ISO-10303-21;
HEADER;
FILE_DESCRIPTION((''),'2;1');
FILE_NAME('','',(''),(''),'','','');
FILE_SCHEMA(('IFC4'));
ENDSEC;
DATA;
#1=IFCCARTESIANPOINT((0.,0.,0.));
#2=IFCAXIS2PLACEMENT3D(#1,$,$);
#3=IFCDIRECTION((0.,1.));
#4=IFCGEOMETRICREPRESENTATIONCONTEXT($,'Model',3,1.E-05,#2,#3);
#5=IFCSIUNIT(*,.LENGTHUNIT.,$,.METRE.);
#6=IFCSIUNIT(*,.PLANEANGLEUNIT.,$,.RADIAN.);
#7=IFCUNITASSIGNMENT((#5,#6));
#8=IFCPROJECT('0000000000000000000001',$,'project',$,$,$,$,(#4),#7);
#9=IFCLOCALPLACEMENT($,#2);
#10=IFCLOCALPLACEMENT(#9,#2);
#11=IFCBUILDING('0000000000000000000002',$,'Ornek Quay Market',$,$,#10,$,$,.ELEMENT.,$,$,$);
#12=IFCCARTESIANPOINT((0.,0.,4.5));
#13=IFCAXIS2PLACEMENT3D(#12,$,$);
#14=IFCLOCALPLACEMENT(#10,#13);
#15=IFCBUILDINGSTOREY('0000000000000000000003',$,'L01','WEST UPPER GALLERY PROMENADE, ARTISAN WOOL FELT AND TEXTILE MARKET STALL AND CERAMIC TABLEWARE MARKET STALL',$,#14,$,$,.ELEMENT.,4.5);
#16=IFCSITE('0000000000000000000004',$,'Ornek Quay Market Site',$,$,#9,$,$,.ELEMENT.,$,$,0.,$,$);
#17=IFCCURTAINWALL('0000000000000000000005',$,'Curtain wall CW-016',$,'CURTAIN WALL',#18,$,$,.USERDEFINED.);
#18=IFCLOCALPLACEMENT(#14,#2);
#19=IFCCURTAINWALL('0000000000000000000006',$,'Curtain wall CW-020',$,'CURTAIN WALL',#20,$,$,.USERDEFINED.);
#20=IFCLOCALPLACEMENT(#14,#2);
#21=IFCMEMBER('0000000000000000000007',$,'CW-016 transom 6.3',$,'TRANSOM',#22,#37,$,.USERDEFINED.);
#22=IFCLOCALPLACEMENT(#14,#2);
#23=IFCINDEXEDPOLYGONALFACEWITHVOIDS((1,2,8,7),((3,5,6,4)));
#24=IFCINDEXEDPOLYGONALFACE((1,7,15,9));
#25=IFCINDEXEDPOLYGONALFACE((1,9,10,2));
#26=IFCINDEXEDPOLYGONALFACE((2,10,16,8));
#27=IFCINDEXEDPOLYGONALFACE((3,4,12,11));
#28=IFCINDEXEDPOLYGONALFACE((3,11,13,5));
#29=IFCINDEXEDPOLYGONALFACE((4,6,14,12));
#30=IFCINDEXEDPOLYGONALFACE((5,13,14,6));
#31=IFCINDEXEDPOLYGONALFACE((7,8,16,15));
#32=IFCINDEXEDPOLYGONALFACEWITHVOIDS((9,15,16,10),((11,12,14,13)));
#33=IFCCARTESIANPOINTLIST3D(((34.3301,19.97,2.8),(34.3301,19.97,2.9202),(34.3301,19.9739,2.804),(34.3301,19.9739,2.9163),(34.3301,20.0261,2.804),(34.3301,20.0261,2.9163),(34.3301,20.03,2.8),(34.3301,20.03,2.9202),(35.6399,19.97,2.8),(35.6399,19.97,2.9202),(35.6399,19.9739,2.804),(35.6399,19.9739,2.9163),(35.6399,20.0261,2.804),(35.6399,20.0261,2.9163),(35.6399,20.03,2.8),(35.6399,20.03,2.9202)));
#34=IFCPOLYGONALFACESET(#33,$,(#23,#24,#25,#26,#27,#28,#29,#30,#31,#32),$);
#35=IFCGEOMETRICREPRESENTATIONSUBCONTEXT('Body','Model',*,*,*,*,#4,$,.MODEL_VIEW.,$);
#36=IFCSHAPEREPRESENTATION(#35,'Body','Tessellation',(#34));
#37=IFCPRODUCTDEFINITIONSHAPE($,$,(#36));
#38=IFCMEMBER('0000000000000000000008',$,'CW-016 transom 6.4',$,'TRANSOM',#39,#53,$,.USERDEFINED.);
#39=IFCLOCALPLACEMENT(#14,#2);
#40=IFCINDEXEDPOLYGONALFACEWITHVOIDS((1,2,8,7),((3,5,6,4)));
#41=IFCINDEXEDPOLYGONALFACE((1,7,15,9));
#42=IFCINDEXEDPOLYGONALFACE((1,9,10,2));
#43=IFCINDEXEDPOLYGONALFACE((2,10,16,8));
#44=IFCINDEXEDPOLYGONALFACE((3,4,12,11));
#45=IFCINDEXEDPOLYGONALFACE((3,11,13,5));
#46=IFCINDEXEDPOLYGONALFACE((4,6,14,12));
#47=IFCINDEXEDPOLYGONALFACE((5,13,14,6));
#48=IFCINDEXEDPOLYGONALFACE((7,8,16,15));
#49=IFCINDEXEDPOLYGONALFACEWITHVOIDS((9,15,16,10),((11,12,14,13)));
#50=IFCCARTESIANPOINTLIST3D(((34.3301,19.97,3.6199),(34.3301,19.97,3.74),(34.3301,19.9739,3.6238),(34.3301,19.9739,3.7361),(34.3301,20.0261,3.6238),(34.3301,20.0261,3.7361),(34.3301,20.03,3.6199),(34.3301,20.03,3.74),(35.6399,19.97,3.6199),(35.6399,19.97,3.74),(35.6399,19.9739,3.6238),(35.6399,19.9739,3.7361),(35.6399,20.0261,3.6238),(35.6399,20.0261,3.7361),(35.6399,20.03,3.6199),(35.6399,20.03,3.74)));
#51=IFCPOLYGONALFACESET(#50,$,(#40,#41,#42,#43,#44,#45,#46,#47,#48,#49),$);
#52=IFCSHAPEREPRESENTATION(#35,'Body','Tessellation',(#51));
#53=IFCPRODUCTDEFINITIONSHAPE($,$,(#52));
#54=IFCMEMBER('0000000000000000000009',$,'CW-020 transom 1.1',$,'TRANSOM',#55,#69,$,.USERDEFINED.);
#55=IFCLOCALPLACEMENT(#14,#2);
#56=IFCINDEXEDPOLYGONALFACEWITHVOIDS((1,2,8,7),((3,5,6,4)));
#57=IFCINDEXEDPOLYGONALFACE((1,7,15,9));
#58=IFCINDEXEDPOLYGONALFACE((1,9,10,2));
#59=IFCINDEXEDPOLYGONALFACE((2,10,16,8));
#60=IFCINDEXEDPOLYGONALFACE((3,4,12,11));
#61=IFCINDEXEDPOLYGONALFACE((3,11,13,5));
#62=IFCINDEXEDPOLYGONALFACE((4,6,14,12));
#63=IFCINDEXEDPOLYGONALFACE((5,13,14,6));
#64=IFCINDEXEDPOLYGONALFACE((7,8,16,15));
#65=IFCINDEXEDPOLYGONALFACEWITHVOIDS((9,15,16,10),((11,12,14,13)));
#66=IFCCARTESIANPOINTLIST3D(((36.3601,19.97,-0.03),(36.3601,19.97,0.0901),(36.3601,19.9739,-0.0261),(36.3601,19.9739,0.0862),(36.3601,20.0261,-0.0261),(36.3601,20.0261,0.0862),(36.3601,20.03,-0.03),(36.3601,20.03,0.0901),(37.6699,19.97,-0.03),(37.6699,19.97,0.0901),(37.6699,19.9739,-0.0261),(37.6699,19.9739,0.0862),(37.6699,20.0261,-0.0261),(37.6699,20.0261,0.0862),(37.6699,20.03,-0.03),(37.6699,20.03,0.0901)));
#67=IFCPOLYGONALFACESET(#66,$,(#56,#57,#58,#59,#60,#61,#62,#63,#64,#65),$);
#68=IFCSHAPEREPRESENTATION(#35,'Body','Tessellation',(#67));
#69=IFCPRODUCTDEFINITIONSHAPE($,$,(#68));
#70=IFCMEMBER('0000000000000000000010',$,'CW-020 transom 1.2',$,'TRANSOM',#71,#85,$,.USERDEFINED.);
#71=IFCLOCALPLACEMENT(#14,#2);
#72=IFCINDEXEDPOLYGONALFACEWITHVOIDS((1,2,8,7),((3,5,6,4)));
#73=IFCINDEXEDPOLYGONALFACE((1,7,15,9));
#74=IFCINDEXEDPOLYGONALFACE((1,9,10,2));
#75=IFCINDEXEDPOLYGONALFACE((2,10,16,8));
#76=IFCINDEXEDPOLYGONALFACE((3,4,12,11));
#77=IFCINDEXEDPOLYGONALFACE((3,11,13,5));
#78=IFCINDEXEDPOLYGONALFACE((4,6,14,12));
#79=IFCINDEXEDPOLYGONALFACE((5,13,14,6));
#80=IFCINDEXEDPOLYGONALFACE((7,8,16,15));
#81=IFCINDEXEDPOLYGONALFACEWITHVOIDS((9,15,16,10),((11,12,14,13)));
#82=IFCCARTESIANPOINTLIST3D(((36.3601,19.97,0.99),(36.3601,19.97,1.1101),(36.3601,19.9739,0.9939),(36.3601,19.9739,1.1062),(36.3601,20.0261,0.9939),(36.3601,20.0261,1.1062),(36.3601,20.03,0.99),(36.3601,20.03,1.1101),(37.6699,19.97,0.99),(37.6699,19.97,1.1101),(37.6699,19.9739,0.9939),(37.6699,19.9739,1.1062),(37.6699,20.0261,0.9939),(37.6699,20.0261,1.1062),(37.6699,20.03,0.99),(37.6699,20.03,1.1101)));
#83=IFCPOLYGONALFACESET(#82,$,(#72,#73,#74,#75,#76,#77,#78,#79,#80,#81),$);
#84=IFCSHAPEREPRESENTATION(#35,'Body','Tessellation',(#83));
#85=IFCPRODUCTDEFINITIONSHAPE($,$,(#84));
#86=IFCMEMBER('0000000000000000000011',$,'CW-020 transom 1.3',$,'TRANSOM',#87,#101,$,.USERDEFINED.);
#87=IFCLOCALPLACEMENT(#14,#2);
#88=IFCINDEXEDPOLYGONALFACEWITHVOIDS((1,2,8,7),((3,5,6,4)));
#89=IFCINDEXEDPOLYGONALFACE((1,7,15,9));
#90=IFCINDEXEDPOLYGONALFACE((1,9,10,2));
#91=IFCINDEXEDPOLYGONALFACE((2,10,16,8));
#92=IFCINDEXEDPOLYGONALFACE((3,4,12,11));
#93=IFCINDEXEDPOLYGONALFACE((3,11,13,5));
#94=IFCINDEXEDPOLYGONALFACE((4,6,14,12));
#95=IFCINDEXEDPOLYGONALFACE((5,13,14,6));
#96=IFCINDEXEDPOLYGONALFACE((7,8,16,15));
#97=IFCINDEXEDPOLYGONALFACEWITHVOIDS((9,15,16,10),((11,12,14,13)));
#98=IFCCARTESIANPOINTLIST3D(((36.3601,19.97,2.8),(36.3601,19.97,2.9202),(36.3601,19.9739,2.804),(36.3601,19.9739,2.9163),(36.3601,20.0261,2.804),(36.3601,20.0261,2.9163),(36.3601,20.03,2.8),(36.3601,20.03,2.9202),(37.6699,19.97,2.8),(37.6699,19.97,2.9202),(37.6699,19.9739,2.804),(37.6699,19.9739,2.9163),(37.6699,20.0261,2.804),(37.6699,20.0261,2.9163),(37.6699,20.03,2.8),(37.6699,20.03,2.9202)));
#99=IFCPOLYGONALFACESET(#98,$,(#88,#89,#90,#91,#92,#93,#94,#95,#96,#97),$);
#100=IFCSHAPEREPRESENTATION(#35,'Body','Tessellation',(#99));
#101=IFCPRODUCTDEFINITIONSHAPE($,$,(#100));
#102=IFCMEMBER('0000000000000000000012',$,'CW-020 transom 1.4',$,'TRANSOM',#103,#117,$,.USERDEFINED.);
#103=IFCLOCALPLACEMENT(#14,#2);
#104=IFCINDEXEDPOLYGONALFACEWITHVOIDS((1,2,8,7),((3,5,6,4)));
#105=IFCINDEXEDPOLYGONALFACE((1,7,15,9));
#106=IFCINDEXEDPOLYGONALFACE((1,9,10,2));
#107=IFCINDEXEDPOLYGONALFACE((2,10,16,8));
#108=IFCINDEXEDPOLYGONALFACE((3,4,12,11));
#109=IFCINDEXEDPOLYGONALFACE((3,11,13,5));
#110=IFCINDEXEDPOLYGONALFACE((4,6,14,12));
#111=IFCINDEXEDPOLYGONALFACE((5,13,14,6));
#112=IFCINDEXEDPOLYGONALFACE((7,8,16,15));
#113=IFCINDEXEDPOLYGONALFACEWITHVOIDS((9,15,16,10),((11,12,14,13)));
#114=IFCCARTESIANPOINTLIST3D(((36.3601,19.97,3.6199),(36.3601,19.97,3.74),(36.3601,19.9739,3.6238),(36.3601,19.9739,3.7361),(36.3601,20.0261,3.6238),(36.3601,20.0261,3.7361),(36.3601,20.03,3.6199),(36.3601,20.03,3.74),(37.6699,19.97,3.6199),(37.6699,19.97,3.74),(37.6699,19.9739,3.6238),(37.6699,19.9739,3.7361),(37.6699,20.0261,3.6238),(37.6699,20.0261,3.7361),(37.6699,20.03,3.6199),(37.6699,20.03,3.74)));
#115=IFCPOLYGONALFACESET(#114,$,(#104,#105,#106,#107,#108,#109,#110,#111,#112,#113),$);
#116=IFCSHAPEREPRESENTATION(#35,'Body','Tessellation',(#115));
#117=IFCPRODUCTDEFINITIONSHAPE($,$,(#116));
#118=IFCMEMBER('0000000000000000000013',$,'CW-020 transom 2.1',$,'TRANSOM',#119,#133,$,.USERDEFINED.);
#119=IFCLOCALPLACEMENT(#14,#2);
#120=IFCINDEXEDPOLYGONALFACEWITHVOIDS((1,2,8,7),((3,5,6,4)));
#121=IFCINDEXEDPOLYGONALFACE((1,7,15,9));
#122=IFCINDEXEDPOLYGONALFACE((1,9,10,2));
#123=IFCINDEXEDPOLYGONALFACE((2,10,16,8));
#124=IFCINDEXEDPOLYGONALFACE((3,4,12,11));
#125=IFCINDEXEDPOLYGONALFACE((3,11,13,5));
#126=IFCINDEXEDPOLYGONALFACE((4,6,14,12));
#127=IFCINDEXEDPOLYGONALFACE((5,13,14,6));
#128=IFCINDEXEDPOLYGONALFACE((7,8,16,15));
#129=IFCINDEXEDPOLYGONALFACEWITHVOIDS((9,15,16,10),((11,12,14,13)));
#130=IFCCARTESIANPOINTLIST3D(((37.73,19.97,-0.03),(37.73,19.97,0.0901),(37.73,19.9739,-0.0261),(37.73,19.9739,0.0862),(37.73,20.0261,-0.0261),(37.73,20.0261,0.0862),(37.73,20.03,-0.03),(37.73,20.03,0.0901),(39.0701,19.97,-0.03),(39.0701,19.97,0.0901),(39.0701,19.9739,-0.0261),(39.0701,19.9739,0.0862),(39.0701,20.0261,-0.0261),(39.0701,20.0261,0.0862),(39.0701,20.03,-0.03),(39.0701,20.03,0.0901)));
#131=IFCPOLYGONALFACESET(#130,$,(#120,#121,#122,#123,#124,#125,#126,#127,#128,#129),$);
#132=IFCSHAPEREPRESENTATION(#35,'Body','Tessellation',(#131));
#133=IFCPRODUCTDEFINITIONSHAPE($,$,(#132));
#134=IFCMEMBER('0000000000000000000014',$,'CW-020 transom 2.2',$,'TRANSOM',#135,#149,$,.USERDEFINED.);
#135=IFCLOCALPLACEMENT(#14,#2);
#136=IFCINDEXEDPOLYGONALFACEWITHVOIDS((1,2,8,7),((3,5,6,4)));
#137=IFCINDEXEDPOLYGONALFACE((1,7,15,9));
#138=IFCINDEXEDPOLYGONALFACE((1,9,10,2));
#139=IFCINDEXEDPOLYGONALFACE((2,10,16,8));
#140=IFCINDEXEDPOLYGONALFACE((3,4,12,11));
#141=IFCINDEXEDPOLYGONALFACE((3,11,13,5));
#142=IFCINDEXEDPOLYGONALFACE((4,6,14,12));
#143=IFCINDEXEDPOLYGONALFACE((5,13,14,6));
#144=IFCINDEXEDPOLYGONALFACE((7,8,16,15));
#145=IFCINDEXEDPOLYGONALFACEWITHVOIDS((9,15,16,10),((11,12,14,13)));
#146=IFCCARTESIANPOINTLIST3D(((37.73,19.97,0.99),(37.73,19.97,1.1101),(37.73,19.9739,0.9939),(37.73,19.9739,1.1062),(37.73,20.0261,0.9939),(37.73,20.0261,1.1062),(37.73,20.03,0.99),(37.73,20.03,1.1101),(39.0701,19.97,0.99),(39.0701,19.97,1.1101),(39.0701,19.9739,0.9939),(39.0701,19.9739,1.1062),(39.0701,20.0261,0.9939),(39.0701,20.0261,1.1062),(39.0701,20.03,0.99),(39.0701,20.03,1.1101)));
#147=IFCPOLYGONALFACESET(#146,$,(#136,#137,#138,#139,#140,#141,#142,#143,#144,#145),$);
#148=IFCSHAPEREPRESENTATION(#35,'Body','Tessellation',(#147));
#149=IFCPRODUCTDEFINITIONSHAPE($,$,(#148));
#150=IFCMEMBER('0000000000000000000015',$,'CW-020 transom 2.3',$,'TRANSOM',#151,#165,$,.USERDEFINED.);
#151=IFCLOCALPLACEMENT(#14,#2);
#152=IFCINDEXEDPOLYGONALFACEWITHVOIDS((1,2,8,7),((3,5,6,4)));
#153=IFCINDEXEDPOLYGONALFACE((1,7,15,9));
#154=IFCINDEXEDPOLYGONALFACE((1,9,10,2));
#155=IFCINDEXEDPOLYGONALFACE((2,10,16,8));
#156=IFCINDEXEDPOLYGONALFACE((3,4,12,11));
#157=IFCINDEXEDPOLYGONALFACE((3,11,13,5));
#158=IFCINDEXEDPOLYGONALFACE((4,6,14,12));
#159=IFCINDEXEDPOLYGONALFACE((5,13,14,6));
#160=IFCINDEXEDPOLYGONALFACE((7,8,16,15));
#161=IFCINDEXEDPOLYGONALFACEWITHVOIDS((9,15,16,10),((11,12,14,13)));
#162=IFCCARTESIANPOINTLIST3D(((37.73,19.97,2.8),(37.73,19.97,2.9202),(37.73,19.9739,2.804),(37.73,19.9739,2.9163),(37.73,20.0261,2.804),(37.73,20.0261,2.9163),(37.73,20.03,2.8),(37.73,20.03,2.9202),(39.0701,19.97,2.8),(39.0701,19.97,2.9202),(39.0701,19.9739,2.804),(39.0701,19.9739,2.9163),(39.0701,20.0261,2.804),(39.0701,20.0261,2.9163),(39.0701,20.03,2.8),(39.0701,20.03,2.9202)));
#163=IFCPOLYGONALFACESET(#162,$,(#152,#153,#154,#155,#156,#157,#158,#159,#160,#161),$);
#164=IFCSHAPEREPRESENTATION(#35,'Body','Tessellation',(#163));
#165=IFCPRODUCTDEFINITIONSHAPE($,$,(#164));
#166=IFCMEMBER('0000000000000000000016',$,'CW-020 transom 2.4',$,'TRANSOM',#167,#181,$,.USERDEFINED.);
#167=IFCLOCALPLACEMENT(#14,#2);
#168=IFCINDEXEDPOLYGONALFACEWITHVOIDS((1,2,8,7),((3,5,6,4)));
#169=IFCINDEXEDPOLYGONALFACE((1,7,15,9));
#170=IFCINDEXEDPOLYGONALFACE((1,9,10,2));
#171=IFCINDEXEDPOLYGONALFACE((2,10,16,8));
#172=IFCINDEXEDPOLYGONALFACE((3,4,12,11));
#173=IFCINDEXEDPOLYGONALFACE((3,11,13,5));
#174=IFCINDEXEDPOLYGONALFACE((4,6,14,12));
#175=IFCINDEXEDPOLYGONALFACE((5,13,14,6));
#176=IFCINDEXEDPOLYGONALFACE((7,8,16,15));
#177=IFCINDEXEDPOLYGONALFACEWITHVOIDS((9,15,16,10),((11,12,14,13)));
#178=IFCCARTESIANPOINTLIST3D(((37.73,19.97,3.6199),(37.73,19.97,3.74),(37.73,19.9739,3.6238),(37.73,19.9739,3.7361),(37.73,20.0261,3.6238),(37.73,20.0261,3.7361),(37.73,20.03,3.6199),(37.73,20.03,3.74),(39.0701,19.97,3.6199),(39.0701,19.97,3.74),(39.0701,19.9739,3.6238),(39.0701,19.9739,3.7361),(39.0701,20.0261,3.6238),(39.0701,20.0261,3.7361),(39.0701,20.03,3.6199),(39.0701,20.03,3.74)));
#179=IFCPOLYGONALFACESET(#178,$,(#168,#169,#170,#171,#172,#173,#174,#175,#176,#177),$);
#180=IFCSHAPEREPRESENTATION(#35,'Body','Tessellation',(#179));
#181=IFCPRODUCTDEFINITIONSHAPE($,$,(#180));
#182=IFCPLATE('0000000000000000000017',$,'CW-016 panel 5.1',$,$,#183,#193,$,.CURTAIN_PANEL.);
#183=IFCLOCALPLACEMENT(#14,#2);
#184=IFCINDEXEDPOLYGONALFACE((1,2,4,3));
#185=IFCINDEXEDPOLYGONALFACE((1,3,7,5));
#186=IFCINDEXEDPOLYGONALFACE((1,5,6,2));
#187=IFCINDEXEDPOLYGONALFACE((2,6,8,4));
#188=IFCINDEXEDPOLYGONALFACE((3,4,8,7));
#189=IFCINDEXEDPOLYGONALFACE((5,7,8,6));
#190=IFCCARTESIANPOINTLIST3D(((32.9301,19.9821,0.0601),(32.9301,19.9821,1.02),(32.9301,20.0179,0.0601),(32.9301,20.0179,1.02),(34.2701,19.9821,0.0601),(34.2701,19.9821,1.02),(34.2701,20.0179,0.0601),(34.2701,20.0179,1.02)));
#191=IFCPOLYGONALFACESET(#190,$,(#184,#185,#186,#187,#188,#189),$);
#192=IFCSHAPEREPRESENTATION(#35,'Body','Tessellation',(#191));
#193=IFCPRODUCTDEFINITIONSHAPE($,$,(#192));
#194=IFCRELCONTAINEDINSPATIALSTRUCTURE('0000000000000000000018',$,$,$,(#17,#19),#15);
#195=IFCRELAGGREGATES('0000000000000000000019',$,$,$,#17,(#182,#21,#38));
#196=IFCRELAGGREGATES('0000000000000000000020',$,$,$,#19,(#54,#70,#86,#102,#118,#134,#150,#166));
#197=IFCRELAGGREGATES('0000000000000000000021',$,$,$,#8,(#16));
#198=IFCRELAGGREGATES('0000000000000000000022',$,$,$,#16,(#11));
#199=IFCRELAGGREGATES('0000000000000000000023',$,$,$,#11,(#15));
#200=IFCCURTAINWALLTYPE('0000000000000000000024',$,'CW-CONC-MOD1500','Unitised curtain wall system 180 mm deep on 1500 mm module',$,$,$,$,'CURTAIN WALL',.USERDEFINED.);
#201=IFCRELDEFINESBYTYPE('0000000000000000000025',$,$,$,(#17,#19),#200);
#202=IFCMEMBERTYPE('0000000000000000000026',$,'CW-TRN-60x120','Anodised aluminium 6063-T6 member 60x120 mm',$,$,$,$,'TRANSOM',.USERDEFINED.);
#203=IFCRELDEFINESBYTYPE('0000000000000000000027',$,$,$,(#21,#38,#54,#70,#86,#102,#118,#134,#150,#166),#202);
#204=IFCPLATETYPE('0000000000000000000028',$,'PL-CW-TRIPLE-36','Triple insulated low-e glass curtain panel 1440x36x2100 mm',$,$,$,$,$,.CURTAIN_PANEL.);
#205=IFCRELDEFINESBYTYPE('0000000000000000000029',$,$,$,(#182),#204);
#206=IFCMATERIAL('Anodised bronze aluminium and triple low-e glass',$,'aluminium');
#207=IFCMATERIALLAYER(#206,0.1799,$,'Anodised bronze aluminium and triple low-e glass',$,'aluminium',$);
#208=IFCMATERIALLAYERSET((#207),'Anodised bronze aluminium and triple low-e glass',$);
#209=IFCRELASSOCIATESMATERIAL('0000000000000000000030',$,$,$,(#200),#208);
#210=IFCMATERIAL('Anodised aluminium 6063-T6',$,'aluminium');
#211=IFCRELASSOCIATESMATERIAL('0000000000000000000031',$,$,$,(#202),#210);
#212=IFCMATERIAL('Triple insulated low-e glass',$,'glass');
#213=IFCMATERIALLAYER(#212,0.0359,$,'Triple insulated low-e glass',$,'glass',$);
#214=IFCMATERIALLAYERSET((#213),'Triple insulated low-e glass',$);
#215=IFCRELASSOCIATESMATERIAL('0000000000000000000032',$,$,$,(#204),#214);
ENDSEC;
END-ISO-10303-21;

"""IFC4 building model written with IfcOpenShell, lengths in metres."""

from ifc_helpers import new_model, si_unit, direction, frame, origin, origin_2d, place, context, subcontext, project, spatial, rectangle, hollow_rectangle, extrude, material, layer, layer_set, material_profile, profile_set, type_object, element, aggregate, save


model = new_model("IFC4")

# Units and contexts
model_context = context("Model", 3, precision=1e-05, world=origin(), true_north=direction((0.0, 1.0)))
body_context = subcontext(model_context, "Body", "Model", "MODEL_VIEW")
ifc_project = project(units=[si_unit("LENGTHUNIT", "METRE"), si_unit("PLANEANGLEUNIT", "RADIAN")], contexts=[model_context])

# Site, building, storey
site_placement = place(None, origin())
site = spatial("IfcSite", under=ifc_project, at=site_placement, Name="Ornek Quay Market Site", CompositionType="ELEMENT", RefElevation=0.0)
building_placement = place(site_placement, origin())
building = spatial("IfcBuilding", under=site, at=building_placement, Name="Ornek Quay Market", CompositionType="ELEMENT")
storey_placement = place(building_placement, frame((0.0, 0.0, 4.5)))
storey = spatial("IfcBuildingStorey", under=building, at=storey_placement, Name="L01", Description="WEST UPPER GALLERY PROMENADE, ARTISAN WOOL FELT AND TEXTILE MARKET STALL AND CERAMIC TABLEWARE MARKET STALL", CompositionType="ELEMENT", Elevation=4.5)

# Curtain walls
ifc_material_1 = material(Name="Anodised bronze aluminium and triple low-e glass", Category="aluminium")
ifc_layer_1 = layer(ifc_material_1, 0.1799, Name="Anodised bronze aluminium and triple low-e glass", Category="aluminium")
ifc_layer_set_1 = layer_set([ifc_layer_1], Name="Anodised bronze aluminium and triple low-e glass")
curtain_wall_type = type_object("IfcCurtainWallType", Name="CW-CONC-MOD1500", Description="Unitised curtain wall system 180 mm deep on 1500 mm module", ElementType="CURTAIN WALL", PredefinedType="USERDEFINED", material=ifc_layer_set_1)
curtain_wall_1_placement = place(storey_placement, origin())
curtain_wall_1 = element("IfcCurtainWall", 1, at=curtain_wall_1_placement, inside=storey, type_object=curtain_wall_type, Name="Curtain wall CW-016", ObjectType="CURTAIN WALL", PredefinedType="USERDEFINED")
ifc_material_2 = material(Name="Anodised aluminium 6063-T6", Category="aluminium")
curtain_wall_2_placement = place(storey_placement, origin())
curtain_wall_2 = element("IfcCurtainWall", 2, at=curtain_wall_2_placement, inside=storey, type_object=curtain_wall_type, Name="Curtain wall CW-020", ObjectType="CURTAIN WALL", PredefinedType="USERDEFINED")

# Members
ifc_material_profile_1 = material_profile(ifc_material_2, hollow_rectangle(XDim=0.0601, YDim=0.1201, WallThickness=0.0039, at=origin_2d()), Name="CW-TRN-60x120", Category="aluminium")
ifc_profile_set_1 = profile_set([ifc_material_profile_1], Name="Anodised aluminium 6063-T6")
member_type_1 = type_object("IfcMemberType", Name="CW-TRN-60x120", Description="Anodised aluminium 6063-T6 member 60x120 mm", ElementType="TRANSOM", PredefinedType="USERDEFINED", material=ifc_profile_set_1)
member_1_placement = place(storey_placement, frame((34.3301, 20.0, 2.8601), z_axis=(1.0, 0.0, 0.0), x_axis=(0.0, 1.0, 0.0)))
member_1 = element("IfcMember", 3, at=member_1_placement, type_object=member_type_1, Name="CW-016 transom 6.3", ObjectType="TRANSOM", PredefinedType="USERDEFINED", context=body_context, shape_type="SweptSolid", body=[
    extrude(hollow_rectangle(XDim=0.0601, YDim=0.1201, WallThickness=0.0039, at=origin_2d()), origin(), (0.0, 0.0, 1.0), 1.3098),
])
member_2_placement = place(storey_placement, frame((34.3301, 20.0, 3.6799), z_axis=(1.0, 0.0, 0.0), x_axis=(0.0, 1.0, 0.0)))
member_2 = element("IfcMember", 4, at=member_2_placement, type_object=member_type_1, Name="CW-016 transom 6.4", ObjectType="TRANSOM", PredefinedType="USERDEFINED", context=body_context, shape_type="SweptSolid", body=[
    extrude(hollow_rectangle(XDim=0.0601, YDim=0.1201, WallThickness=0.0039, at=origin_2d()), origin(), (0.0, 0.0, 1.0), 1.3098),
])
member_3_placement = place(storey_placement, frame((36.3601, 20.0, 0.03), z_axis=(1.0, 0.0, 0.0), x_axis=(0.0, 1.0, 0.0)))
member_3 = element("IfcMember", 5, at=member_3_placement, type_object=member_type_1, Name="CW-020 transom 1.1", ObjectType="TRANSOM", PredefinedType="USERDEFINED", context=body_context, shape_type="SweptSolid", body=[
    extrude(hollow_rectangle(XDim=0.0601, YDim=0.1201, WallThickness=0.0039, at=origin_2d()), origin(), (0.0, 0.0, 1.0), 1.3098),
])
member_4_placement = place(storey_placement, frame((36.3601, 20.0, 1.05), z_axis=(1.0, 0.0, 0.0), x_axis=(0.0, 1.0, 0.0)))
member_4 = element("IfcMember", 6, at=member_4_placement, type_object=member_type_1, Name="CW-020 transom 1.2", ObjectType="TRANSOM", PredefinedType="USERDEFINED", context=body_context, shape_type="SweptSolid", body=[
    extrude(hollow_rectangle(XDim=0.0601, YDim=0.1201, WallThickness=0.0039, at=origin_2d()), origin(), (0.0, 0.0, 1.0), 1.3098),
])
member_5_placement = place(storey_placement, frame((36.3601, 20.0, 2.8601), z_axis=(1.0, 0.0, 0.0), x_axis=(0.0, 1.0, 0.0)))
member_5 = element("IfcMember", 7, at=member_5_placement, type_object=member_type_1, Name="CW-020 transom 1.3", ObjectType="TRANSOM", PredefinedType="USERDEFINED", context=body_context, shape_type="SweptSolid", body=[
    extrude(hollow_rectangle(XDim=0.0601, YDim=0.1201, WallThickness=0.0039, at=origin_2d()), origin(), (0.0, 0.0, 1.0), 1.3098),
])
member_6_placement = place(storey_placement, frame((36.3601, 20.0, 3.6799), z_axis=(1.0, 0.0, 0.0), x_axis=(0.0, 1.0, 0.0)))
member_6 = element("IfcMember", 8, at=member_6_placement, type_object=member_type_1, Name="CW-020 transom 1.4", ObjectType="TRANSOM", PredefinedType="USERDEFINED", context=body_context, shape_type="SweptSolid", body=[
    extrude(hollow_rectangle(XDim=0.0601, YDim=0.1201, WallThickness=0.0039, at=origin_2d()), origin(), (0.0, 0.0, 1.0), 1.3098),
])
member_7_placement = place(storey_placement, frame((37.73, 20.0, 0.03), z_axis=(1.0, 0.0, 0.0), x_axis=(0.0, 1.0, 0.0)))
member_7 = element("IfcMember", 9, at=member_7_placement, type_object=member_type_1, Name="CW-020 transom 2.1", ObjectType="TRANSOM", PredefinedType="USERDEFINED", context=body_context, shape_type="SweptSolid", body=[
    extrude(hollow_rectangle(XDim=0.0601, YDim=0.1201, WallThickness=0.0039, at=origin_2d()), origin(), (0.0, 0.0, 1.0), 1.3401),
])
member_8_placement = place(storey_placement, frame((37.73, 20.0, 1.05), z_axis=(1.0, 0.0, 0.0), x_axis=(0.0, 1.0, 0.0)))
member_8 = element("IfcMember", 10, at=member_8_placement, type_object=member_type_1, Name="CW-020 transom 2.2", ObjectType="TRANSOM", PredefinedType="USERDEFINED", context=body_context, shape_type="SweptSolid", body=[
    extrude(hollow_rectangle(XDim=0.0601, YDim=0.1201, WallThickness=0.0039, at=origin_2d()), origin(), (0.0, 0.0, 1.0), 1.3401),
])
member_9_placement = place(storey_placement, frame((37.73, 20.0, 2.8601), z_axis=(1.0, 0.0, 0.0), x_axis=(0.0, 1.0, 0.0)))
member_9 = element("IfcMember", 11, at=member_9_placement, type_object=member_type_1, Name="CW-020 transom 2.3", ObjectType="TRANSOM", PredefinedType="USERDEFINED", context=body_context, shape_type="SweptSolid", body=[
    extrude(hollow_rectangle(XDim=0.0601, YDim=0.1201, WallThickness=0.0039, at=origin_2d()), origin(), (0.0, 0.0, 1.0), 1.3401),
])
member_10_placement = place(storey_placement, frame((37.73, 20.0, 3.6799), z_axis=(1.0, 0.0, 0.0), x_axis=(0.0, 1.0, 0.0)))
member_10 = element("IfcMember", 12, at=member_10_placement, type_object=member_type_1, Name="CW-020 transom 2.4", ObjectType="TRANSOM", PredefinedType="USERDEFINED", context=body_context, shape_type="SweptSolid", body=[
    extrude(hollow_rectangle(XDim=0.0601, YDim=0.1201, WallThickness=0.0039, at=origin_2d()), origin(), (0.0, 0.0, 1.0), 1.3401),
])

# Plate
ifc_material_3 = material(Name="Triple insulated low-e glass", Category="glass")
ifc_layer_2 = layer(ifc_material_3, 0.0359, Name="Triple insulated low-e glass", Category="glass")
ifc_layer_set_2 = layer_set([ifc_layer_2], Name="Triple insulated low-e glass")
plate_type = type_object("IfcPlateType", Name="PL-CW-TRIPLE-36", Description="Triple insulated low-e glass curtain panel 1440x36x2100 mm", PredefinedType="CURTAIN_PANEL", material=ifc_layer_set_2)
plate_1_placement = place(storey_placement, frame((33.6001, 20.0, 0.0601), z_axis=(0.0, 0.0, 1.0), x_axis=(1.0, 0.0, 0.0)))
plate_1 = element("IfcPlate", 13, at=plate_1_placement, type_object=plate_type, Name="CW-016 panel 5.1", PredefinedType="CURTAIN_PANEL", context=body_context, shape_type="SweptSolid", body=[
    extrude(rectangle(XDim=1.3401, YDim=0.0359, at=origin_2d()), origin(), (0.0, 0.0, 1.0), 0.96),
])
aggregate(curtain_wall_1, [plate_1, member_1, member_2])
aggregate(curtain_wall_2, [member_3, member_4, member_5, member_6, member_7, member_8, member_9, member_10])

save(model, "model.ifc")
